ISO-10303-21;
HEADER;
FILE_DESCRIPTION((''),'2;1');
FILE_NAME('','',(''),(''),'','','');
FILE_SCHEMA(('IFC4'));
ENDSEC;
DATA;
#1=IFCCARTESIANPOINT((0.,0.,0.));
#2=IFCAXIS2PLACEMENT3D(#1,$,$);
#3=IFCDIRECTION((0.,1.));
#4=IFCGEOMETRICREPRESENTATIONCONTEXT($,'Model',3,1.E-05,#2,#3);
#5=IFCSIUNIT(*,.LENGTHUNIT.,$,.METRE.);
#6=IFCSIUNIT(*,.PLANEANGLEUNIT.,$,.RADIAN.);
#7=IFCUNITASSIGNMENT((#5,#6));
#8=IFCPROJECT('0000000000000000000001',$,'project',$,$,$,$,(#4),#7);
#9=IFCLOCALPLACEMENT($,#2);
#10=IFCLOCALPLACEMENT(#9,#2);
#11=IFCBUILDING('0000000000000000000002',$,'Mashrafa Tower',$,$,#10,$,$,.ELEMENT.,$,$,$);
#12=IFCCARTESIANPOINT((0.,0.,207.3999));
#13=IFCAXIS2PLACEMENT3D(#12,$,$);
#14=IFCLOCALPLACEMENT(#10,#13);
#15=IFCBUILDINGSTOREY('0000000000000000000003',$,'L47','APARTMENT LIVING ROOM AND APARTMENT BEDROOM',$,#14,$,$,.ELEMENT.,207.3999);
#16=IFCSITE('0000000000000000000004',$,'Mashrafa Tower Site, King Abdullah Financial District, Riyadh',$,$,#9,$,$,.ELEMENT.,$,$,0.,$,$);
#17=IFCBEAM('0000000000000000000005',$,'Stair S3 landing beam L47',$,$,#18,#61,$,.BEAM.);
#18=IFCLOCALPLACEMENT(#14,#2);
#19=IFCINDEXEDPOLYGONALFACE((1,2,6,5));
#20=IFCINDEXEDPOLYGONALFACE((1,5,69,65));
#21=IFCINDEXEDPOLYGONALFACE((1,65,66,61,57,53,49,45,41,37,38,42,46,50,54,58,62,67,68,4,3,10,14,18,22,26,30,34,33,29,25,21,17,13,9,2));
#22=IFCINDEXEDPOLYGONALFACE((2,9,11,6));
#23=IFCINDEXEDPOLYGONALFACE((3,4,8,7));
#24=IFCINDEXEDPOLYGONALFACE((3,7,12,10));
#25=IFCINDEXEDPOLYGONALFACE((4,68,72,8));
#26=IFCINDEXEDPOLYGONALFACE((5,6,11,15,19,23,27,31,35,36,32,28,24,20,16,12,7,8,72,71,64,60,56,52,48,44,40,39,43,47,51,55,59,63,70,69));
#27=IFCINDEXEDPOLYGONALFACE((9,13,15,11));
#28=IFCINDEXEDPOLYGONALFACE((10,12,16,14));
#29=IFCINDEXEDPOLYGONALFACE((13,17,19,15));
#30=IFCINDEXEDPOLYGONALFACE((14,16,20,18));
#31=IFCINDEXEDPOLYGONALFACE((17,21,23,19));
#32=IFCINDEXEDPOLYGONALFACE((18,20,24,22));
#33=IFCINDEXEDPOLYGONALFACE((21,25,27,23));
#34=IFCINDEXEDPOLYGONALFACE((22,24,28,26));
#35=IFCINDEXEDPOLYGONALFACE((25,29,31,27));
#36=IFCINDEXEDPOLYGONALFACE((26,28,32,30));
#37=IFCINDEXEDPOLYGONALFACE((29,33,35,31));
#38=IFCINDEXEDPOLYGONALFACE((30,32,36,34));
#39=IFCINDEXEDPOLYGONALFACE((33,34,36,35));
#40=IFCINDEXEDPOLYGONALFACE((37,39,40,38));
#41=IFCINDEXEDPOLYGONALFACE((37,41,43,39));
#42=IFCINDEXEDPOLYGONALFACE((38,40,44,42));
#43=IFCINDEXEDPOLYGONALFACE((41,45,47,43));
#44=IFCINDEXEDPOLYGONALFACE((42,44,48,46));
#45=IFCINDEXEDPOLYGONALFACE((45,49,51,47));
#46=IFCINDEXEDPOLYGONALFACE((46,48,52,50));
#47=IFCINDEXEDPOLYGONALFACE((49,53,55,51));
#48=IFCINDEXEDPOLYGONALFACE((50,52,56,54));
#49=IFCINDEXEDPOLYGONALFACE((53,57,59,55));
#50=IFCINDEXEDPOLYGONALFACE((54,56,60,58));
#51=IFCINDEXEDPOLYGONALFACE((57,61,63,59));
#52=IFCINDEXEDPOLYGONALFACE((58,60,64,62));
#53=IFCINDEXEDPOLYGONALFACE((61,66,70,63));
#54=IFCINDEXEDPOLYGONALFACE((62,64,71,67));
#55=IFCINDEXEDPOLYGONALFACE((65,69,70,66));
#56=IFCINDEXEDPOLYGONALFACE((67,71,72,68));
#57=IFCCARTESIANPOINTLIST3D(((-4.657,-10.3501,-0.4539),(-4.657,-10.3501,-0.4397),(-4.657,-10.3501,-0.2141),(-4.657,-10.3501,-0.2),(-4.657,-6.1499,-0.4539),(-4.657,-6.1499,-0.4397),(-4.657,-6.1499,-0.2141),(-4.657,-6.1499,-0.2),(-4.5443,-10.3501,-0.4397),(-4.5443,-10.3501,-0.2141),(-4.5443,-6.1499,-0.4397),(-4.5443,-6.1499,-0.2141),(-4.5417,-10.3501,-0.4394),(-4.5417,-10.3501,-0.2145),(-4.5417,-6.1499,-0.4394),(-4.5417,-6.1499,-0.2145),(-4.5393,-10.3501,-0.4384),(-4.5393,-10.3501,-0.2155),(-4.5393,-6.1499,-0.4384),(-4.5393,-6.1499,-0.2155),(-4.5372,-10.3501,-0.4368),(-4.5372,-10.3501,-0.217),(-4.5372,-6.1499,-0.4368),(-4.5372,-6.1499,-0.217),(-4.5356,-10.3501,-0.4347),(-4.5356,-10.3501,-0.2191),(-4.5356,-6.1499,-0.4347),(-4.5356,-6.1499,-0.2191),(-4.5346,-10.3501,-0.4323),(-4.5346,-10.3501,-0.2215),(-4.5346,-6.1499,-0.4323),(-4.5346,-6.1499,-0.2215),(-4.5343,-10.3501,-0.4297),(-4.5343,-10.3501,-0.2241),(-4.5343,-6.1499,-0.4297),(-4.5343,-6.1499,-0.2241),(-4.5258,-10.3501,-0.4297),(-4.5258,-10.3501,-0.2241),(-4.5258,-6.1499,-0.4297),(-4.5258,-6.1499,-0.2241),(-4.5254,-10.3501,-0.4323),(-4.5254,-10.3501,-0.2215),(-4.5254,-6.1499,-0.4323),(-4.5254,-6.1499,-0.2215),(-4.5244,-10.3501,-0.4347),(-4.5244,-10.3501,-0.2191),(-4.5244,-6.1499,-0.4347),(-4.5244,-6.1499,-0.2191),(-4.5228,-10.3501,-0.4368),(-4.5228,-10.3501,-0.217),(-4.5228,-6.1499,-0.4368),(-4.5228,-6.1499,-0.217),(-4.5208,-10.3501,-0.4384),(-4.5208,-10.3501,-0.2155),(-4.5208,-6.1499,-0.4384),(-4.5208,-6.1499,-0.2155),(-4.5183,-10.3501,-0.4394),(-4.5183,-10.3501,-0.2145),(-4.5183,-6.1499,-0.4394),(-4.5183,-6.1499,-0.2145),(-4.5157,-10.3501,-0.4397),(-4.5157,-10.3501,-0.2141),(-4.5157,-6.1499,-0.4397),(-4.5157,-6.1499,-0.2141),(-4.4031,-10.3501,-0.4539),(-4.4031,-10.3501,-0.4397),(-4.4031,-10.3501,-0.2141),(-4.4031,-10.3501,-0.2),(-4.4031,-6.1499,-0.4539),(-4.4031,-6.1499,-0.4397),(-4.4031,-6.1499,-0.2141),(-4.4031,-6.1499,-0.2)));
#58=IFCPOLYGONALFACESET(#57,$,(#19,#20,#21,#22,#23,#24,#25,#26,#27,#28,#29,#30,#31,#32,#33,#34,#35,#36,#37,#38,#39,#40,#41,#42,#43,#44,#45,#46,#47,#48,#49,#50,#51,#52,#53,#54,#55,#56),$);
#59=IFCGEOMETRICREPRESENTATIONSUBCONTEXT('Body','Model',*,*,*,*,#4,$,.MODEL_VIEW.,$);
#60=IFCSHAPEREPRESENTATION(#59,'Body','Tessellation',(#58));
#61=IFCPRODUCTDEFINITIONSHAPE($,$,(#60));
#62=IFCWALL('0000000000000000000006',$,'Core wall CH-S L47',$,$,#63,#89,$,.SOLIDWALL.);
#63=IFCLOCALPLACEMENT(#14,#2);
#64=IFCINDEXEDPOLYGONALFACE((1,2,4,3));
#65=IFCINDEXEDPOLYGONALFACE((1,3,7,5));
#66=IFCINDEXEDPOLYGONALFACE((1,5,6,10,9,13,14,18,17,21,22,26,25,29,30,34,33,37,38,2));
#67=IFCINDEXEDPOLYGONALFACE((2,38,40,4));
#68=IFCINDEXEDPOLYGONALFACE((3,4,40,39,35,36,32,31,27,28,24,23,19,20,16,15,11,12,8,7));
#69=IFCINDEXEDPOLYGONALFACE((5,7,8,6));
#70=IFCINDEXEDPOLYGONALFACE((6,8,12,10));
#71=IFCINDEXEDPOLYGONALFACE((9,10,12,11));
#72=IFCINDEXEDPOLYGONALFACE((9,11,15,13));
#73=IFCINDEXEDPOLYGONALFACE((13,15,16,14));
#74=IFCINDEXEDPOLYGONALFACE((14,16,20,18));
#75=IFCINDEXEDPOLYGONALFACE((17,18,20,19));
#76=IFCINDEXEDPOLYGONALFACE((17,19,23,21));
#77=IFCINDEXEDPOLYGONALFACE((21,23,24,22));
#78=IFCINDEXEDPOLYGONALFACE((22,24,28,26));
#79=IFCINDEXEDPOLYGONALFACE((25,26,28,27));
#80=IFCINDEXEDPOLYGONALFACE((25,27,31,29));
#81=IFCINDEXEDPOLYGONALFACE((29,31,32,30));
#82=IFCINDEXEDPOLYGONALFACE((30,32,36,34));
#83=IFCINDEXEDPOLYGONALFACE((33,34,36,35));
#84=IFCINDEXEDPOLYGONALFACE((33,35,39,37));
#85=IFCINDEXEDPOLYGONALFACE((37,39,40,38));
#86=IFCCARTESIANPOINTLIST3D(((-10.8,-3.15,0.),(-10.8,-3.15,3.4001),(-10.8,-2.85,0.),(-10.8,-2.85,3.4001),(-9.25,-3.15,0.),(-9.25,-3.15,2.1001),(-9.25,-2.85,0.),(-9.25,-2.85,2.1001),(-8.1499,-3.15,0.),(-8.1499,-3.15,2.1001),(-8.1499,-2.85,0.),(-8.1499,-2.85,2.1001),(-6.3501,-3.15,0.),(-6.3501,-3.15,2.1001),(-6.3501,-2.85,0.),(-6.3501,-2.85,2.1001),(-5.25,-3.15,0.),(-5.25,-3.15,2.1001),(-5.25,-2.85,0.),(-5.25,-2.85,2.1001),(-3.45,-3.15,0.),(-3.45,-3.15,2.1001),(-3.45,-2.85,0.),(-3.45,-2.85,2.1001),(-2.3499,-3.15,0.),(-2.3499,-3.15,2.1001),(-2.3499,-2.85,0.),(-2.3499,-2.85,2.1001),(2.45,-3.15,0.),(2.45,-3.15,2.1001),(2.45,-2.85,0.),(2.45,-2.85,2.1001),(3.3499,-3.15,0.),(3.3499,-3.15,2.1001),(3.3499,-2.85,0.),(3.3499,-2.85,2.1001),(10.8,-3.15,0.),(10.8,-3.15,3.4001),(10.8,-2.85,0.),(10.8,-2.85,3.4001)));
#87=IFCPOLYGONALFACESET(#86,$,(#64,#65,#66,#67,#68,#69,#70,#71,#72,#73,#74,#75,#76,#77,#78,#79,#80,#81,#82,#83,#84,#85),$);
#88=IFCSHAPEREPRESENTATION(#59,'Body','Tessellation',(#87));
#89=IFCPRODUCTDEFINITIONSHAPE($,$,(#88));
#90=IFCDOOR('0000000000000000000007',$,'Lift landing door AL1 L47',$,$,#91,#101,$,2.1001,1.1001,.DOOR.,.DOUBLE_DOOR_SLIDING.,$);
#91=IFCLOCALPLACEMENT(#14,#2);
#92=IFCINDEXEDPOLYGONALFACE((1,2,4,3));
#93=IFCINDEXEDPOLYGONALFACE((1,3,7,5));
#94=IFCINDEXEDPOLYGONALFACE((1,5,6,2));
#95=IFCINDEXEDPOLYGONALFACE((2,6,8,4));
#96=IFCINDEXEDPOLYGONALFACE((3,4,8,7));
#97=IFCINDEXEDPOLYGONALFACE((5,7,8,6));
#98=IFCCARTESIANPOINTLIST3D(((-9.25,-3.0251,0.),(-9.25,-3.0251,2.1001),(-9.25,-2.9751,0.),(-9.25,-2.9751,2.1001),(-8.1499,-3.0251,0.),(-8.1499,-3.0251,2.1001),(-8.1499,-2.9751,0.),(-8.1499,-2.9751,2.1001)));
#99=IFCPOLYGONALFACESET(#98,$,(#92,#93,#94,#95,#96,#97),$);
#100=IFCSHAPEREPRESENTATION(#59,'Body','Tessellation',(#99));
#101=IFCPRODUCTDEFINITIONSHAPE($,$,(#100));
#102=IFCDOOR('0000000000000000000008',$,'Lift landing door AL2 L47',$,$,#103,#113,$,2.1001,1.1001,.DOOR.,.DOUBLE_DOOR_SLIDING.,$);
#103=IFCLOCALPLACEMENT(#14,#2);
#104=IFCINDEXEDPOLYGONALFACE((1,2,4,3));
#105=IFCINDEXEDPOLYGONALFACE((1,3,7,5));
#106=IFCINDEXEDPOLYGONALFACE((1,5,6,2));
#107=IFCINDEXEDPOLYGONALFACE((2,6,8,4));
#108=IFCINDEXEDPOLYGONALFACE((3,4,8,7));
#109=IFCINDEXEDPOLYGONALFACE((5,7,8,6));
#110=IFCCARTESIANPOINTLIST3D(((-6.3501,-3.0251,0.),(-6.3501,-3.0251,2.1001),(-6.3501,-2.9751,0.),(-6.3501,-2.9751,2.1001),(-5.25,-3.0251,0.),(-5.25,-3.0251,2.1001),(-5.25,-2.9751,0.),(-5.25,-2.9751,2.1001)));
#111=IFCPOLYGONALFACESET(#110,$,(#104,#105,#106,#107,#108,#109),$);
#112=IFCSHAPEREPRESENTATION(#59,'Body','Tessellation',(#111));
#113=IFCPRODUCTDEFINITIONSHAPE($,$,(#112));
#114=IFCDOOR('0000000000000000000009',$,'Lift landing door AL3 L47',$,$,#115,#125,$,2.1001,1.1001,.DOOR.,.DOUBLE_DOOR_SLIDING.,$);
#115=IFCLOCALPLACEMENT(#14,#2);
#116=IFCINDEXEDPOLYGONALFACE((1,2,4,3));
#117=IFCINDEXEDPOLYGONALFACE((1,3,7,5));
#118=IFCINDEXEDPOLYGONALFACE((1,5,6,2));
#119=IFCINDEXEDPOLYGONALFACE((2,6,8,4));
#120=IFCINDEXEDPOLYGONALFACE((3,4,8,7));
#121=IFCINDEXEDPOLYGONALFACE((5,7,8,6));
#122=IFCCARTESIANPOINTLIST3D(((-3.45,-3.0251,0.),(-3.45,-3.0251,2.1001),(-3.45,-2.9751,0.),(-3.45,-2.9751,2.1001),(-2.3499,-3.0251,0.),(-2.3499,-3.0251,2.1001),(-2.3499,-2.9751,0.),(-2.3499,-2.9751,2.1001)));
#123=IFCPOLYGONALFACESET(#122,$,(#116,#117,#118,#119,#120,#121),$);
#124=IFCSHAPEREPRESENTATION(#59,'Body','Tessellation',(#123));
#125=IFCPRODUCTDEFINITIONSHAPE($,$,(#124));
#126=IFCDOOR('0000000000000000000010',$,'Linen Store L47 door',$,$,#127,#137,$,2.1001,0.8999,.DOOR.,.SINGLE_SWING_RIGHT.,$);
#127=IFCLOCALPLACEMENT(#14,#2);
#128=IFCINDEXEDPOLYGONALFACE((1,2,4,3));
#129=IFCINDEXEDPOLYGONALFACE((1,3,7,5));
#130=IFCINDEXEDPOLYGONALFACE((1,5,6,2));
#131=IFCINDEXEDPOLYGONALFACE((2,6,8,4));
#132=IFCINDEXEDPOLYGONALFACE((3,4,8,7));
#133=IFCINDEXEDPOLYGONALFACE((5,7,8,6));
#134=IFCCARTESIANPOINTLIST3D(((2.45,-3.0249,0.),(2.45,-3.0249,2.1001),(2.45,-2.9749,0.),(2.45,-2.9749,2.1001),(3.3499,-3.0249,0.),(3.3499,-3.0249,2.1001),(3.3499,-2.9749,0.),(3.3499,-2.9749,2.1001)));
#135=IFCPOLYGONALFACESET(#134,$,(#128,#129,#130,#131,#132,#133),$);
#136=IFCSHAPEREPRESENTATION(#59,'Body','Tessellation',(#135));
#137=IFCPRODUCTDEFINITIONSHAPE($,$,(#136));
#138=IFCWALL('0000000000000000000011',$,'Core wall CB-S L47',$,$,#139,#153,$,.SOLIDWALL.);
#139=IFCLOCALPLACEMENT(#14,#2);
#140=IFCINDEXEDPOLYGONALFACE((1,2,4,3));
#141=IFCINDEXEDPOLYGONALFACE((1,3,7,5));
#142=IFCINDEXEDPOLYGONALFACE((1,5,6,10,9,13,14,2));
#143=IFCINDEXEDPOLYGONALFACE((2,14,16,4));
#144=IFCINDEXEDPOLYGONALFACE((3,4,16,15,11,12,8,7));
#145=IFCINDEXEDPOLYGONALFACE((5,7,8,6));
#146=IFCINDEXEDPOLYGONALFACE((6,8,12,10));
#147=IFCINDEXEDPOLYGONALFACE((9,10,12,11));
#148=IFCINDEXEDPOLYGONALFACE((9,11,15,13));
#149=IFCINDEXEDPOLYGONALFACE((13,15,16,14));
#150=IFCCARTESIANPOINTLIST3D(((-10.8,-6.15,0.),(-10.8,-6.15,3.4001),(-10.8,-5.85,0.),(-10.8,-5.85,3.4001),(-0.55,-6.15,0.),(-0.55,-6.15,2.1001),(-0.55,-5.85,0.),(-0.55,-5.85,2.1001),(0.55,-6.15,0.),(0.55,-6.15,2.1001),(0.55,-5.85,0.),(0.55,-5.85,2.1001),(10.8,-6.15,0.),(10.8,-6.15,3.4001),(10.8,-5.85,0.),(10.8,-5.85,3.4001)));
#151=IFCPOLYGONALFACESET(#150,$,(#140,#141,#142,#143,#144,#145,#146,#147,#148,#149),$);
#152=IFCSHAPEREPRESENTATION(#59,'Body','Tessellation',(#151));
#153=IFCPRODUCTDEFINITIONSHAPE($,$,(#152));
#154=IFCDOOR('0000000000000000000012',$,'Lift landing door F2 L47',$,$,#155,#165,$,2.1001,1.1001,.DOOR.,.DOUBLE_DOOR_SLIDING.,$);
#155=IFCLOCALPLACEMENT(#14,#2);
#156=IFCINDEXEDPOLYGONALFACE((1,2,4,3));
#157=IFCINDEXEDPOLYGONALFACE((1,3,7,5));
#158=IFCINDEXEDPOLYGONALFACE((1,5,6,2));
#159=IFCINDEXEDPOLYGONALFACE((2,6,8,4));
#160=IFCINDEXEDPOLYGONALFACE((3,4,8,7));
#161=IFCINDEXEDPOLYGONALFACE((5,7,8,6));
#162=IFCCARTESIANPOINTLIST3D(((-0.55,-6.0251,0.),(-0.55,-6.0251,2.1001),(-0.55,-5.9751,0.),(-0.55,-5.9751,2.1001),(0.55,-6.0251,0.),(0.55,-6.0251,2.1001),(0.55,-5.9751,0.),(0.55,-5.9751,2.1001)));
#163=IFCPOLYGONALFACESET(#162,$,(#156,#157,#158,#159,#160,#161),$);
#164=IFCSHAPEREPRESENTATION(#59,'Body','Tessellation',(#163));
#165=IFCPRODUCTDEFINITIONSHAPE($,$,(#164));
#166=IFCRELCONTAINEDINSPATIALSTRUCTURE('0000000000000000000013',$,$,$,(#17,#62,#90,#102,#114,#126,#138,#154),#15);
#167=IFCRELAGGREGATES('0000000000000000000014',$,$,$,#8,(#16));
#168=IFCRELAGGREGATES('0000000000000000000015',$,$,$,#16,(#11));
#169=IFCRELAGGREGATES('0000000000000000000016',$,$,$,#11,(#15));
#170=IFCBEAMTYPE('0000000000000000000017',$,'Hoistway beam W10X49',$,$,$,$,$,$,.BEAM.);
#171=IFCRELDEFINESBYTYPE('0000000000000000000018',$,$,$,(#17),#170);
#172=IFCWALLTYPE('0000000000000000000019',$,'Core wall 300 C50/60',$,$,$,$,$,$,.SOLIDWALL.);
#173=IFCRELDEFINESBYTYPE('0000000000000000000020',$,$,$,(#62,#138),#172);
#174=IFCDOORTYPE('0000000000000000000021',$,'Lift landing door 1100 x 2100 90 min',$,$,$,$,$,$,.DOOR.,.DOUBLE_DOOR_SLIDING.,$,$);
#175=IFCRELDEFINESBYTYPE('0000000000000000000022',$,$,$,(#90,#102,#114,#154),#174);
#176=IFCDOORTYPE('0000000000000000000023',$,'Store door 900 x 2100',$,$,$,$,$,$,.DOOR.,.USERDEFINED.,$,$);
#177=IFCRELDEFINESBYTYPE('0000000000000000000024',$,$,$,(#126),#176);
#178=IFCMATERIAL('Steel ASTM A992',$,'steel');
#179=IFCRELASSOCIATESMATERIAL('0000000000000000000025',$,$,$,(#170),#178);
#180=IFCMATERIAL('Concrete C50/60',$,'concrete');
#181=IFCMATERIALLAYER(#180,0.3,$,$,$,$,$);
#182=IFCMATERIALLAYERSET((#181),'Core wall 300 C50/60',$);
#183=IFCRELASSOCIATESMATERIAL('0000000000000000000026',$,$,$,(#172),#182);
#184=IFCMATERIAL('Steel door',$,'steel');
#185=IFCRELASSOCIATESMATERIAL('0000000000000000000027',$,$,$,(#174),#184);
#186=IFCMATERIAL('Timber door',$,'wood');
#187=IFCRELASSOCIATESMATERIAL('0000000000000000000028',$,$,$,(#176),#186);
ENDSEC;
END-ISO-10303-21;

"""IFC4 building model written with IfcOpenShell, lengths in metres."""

from ifc_helpers import new_model, si_unit, direction, frame, frame_2d, origin, origin_2d, place, context, subcontext, project, spatial, rectangle, i_section, extrude, material, layer, layer_set, material_profile, profile_set, type_object, element, fill, save


model = new_model("IFC4")

# Units and contexts
model_context = context("Model", 3, precision=1e-05, world=origin(), true_north=direction((0.0, 1.0)))
body_context = subcontext(model_context, "Body", "Model", "MODEL_VIEW")
ifc_project = project(units=[si_unit("LENGTHUNIT", "METRE"), si_unit("PLANEANGLEUNIT", "RADIAN")], contexts=[model_context])

# Site, building, storey
site_placement = place(None, origin())
site = spatial("IfcSite", under=ifc_project, at=site_placement, Name="Mashrafa Tower Site, King Abdullah Financial District, Riyadh", CompositionType="ELEMENT", RefElevation=0.0)
building_placement = place(site_placement, origin())
building = spatial("IfcBuilding", under=site, at=building_placement, Name="Mashrafa Tower", CompositionType="ELEMENT")
storey_placement = place(building_placement, frame((0.0, 0.0, 207.3999)))
storey = spatial("IfcBuildingStorey", under=building, at=storey_placement, Name="L47", Description="APARTMENT LIVING ROOM AND APARTMENT BEDROOM", CompositionType="ELEMENT", Elevation=207.3999)

# Beam
ifc_material_1 = material(Name="Steel ASTM A992", Category="steel")
ifc_material_profile_1 = material_profile(ifc_material_1, i_section(OverallWidth=0.2539, OverallDepth=0.2539, WebThickness=0.0085, FlangeThickness=0.0142, FilletRadius=0.01, at=origin_2d()), Name="W10X49")
ifc_profile_set_1 = profile_set([ifc_material_profile_1], Name="Steel ASTM A992")
beam_type_1 = type_object("IfcBeamType", Name="Hoistway beam W10X49", PredefinedType="BEAM", material=ifc_profile_set_1)
beam_1_placement = place(storey_placement, frame((-4.53, -10.3501, -0.3269), z_axis=(0.0, 1.0, 0.0), x_axis=(-1.0, 0.0, 0.0)))
element("IfcBeam", 1, at=beam_1_placement, inside=storey, type_object=beam_type_1, Name="Stair S3 landing beam L47", PredefinedType="BEAM", context=body_context, shape_type="SweptSolid", body=[
    extrude(i_section(OverallWidth=0.2539, OverallDepth=0.2539, WebThickness=0.0085, FlangeThickness=0.0142, FilletRadius=0.01, at=origin_2d()), origin(), (0.0, 0.0, 1.0), 4.2002),
])

# Wall, openings, doors
ifc_material_2 = material(Name="Concrete C50/60", Category="concrete")
ifc_layer_1 = layer(ifc_material_2, 0.3)
ifc_layer_set_1 = layer_set([ifc_layer_1], Name="Core wall 300 C50/60")
wall_type_1 = type_object("IfcWallType", Name="Core wall 300 C50/60", PredefinedType="SOLIDWALL", material=ifc_layer_set_1)
wall_1_placement = place(storey_placement, frame((-10.8, -3.0, 0.0), z_axis=(0.0, 0.0, 1.0), x_axis=(1.0, 0.0, 0.0)))
wall_1 = element("IfcWall", 2, at=wall_1_placement, inside=storey, type_object=wall_type_1, Name="Core wall CH-S L47", PredefinedType="SOLIDWALL", context=body_context, shape_type="SweptSolid", body=[
    extrude(rectangle(XDim=21.6001, YDim=0.3, at=frame_2d((10.8, 0.0))), origin(), (0.0, 0.0, 1.0), 3.4001),
])
opening_1_placement = place(wall_1_placement, frame((13.25, 0.0, 0.0)))
opening_1 = element("IfcOpeningElement", 3, at=opening_1_placement, cuts=wall_1, PredefinedType="OPENING", context=body_context, shape_type="SweptSolid", body=[
    extrude(rectangle(XDim=0.8999, YDim=2.1001, at=frame_2d((0.45, 1.05))), frame((0.0, 0.1599, 0.0), z_axis=(0.0, -1.0, 0.0), x_axis=(1.0, 0.0, 0.0)), (0.0, 0.0, 1.0), 0.3201),
])
opening_2_placement = place(wall_1_placement, frame((1.55, 0.0, 0.0)))
opening_2 = element("IfcOpeningElement", 4, at=opening_2_placement, cuts=wall_1, PredefinedType="OPENING", context=body_context, shape_type="SweptSolid", body=[
    extrude(rectangle(XDim=1.1001, YDim=2.1001, at=frame_2d((0.55, 1.05))), frame((0.0, 0.1599, 0.0), z_axis=(0.0, -1.0, 0.0), x_axis=(1.0, 0.0, 0.0)), (0.0, 0.0, 1.0), 0.3201),
])
opening_3_placement = place(wall_1_placement, frame((4.45, 0.0, 0.0)))
opening_3 = element("IfcOpeningElement", 5, at=opening_3_placement, cuts=wall_1, PredefinedType="OPENING", context=body_context, shape_type="SweptSolid", body=[
    extrude(rectangle(XDim=1.1001, YDim=2.1001, at=frame_2d((0.55, 1.05))), frame((0.0, 0.1599, 0.0), z_axis=(0.0, -1.0, 0.0), x_axis=(1.0, 0.0, 0.0)), (0.0, 0.0, 1.0), 0.3201),
])
opening_4_placement = place(wall_1_placement, frame((7.3501, 0.0, 0.0)))
opening_4 = element("IfcOpeningElement", 6, at=opening_4_placement, cuts=wall_1, PredefinedType="OPENING", context=body_context, shape_type="SweptSolid", body=[
    extrude(rectangle(XDim=1.1001, YDim=2.1001, at=frame_2d((0.55, 1.05))), frame((0.0, 0.1599, 0.0), z_axis=(0.0, -1.0, 0.0), x_axis=(1.0, 0.0, 0.0)), (0.0, 0.0, 1.0), 0.3201),
])
ifc_material_3 = material(Name="Steel door", Category="steel")
door_type_1 = type_object("IfcDoorType", Name="Lift landing door 1100 x 2100 90 min", OperationType="DOUBLE_DOOR_SLIDING", PredefinedType="DOOR", material=ifc_material_3)
door_1_placement = place(opening_2_placement, origin())
door_1 = element("IfcDoor", 7, at=door_1_placement, inside=storey, type_object=door_type_1, Name="Lift landing door AL1 L47", OperationType="DOUBLE_DOOR_SLIDING", OverallHeight=2.1001, OverallWidth=1.1001, PredefinedType="DOOR", context=body_context, shape_type="SweptSolid", body=[
    extrude(rectangle(XDim=1.1001, YDim=2.1001, at=frame_2d((0.55, 1.05))), frame((0.0, 0.0249, 0.0), z_axis=(0.0, -1.0, 0.0), x_axis=(1.0, 0.0, 0.0)), (0.0, 0.0, 1.0), 0.05),
])
fill(opening_2, door_1)
door_2_placement = place(opening_3_placement, origin())
door_2 = element("IfcDoor", 8, at=door_2_placement, inside=storey, type_object=door_type_1, Name="Lift landing door AL2 L47", OperationType="DOUBLE_DOOR_SLIDING", OverallHeight=2.1001, OverallWidth=1.1001, PredefinedType="DOOR", context=body_context, shape_type="SweptSolid", body=[
    extrude(rectangle(XDim=1.1001, YDim=2.1001, at=frame_2d((0.55, 1.05))), frame((0.0, 0.0249, 0.0), z_axis=(0.0, -1.0, 0.0), x_axis=(1.0, 0.0, 0.0)), (0.0, 0.0, 1.0), 0.05),
])
fill(opening_3, door_2)
door_3_placement = place(opening_4_placement, origin())
door_3 = element("IfcDoor", 9, at=door_3_placement, inside=storey, type_object=door_type_1, Name="Lift landing door AL3 L47", OperationType="DOUBLE_DOOR_SLIDING", OverallHeight=2.1001, OverallWidth=1.1001, PredefinedType="DOOR", context=body_context, shape_type="SweptSolid", body=[
    extrude(rectangle(XDim=1.1001, YDim=2.1001, at=frame_2d((0.55, 1.05))), frame((0.0, 0.0249, 0.0), z_axis=(0.0, -1.0, 0.0), x_axis=(1.0, 0.0, 0.0)), (0.0, 0.0, 1.0), 0.05),
])
fill(opening_4, door_3)
ifc_material_4 = material(Name="Timber door", Category="wood")
door_type_2 = type_object("IfcDoorType", Name="Store door 900 x 2100", OperationType="USERDEFINED", PredefinedType="DOOR", material=ifc_material_4)
door_4_placement = place(opening_1_placement, frame((0.8999, 0.0, 0.0), z_axis=(0.0, 0.0, 1.0), x_axis=(-1.0, 0.0, 0.0)))
door_4 = element("IfcDoor", 10, at=door_4_placement, inside=storey, type_object=door_type_2, Name="Linen Store L47 door", OperationType="SINGLE_SWING_RIGHT", OverallHeight=2.1001, OverallWidth=0.8999, PredefinedType="DOOR", context=body_context, shape_type="SweptSolid", body=[
    extrude(rectangle(XDim=0.8999, YDim=2.1001, at=frame_2d((0.45, 1.05))), frame((0.0, 0.0249, 0.0), z_axis=(0.0, -1.0, 0.0), x_axis=(1.0, 0.0, 0.0)), (0.0, 0.0, 1.0), 0.05),
])
fill(opening_1, door_4)

# Wall, opening, door
wall_2_placement = place(storey_placement, frame((-10.8, -6.0, 0.0), z_axis=(0.0, 0.0, 1.0), x_axis=(1.0, 0.0, 0.0)))
wall_2 = element("IfcWall", 11, at=wall_2_placement, inside=storey, type_object=wall_type_1, Name="Core wall CB-S L47", PredefinedType="SOLIDWALL", context=body_context, shape_type="SweptSolid", body=[
    extrude(rectangle(XDim=21.6001, YDim=0.3, at=frame_2d((10.8, 0.0))), origin(), (0.0, 0.0, 1.0), 3.4001),
])
opening_5_placement = place(wall_2_placement, frame((10.25, 0.0, 0.0)))
opening_5 = element("IfcOpeningElement", 12, at=opening_5_placement, cuts=wall_2, PredefinedType="OPENING", context=body_context, shape_type="SweptSolid", body=[
    extrude(rectangle(XDim=1.1001, YDim=2.1001, at=frame_2d((0.55, 1.05))), frame((0.0, 0.1599, 0.0), z_axis=(0.0, -1.0, 0.0), x_axis=(1.0, 0.0, 0.0)), (0.0, 0.0, 1.0), 0.3201),
])
door_5_placement = place(opening_5_placement, origin())
door_5 = element("IfcDoor", 13, at=door_5_placement, inside=storey, type_object=door_type_1, Name="Lift landing door F2 L47", OperationType="DOUBLE_DOOR_SLIDING", OverallHeight=2.1001, OverallWidth=1.1001, PredefinedType="DOOR", context=body_context, shape_type="SweptSolid", body=[
    extrude(rectangle(XDim=1.1001, YDim=2.1001, at=frame_2d((0.55, 1.05))), frame((0.0, 0.0249, 0.0), z_axis=(0.0, -1.0, 0.0), x_axis=(1.0, 0.0, 0.0)), (0.0, 0.0, 1.0), 0.05),
])
fill(opening_5, door_5)

save(model, "model.ifc")
